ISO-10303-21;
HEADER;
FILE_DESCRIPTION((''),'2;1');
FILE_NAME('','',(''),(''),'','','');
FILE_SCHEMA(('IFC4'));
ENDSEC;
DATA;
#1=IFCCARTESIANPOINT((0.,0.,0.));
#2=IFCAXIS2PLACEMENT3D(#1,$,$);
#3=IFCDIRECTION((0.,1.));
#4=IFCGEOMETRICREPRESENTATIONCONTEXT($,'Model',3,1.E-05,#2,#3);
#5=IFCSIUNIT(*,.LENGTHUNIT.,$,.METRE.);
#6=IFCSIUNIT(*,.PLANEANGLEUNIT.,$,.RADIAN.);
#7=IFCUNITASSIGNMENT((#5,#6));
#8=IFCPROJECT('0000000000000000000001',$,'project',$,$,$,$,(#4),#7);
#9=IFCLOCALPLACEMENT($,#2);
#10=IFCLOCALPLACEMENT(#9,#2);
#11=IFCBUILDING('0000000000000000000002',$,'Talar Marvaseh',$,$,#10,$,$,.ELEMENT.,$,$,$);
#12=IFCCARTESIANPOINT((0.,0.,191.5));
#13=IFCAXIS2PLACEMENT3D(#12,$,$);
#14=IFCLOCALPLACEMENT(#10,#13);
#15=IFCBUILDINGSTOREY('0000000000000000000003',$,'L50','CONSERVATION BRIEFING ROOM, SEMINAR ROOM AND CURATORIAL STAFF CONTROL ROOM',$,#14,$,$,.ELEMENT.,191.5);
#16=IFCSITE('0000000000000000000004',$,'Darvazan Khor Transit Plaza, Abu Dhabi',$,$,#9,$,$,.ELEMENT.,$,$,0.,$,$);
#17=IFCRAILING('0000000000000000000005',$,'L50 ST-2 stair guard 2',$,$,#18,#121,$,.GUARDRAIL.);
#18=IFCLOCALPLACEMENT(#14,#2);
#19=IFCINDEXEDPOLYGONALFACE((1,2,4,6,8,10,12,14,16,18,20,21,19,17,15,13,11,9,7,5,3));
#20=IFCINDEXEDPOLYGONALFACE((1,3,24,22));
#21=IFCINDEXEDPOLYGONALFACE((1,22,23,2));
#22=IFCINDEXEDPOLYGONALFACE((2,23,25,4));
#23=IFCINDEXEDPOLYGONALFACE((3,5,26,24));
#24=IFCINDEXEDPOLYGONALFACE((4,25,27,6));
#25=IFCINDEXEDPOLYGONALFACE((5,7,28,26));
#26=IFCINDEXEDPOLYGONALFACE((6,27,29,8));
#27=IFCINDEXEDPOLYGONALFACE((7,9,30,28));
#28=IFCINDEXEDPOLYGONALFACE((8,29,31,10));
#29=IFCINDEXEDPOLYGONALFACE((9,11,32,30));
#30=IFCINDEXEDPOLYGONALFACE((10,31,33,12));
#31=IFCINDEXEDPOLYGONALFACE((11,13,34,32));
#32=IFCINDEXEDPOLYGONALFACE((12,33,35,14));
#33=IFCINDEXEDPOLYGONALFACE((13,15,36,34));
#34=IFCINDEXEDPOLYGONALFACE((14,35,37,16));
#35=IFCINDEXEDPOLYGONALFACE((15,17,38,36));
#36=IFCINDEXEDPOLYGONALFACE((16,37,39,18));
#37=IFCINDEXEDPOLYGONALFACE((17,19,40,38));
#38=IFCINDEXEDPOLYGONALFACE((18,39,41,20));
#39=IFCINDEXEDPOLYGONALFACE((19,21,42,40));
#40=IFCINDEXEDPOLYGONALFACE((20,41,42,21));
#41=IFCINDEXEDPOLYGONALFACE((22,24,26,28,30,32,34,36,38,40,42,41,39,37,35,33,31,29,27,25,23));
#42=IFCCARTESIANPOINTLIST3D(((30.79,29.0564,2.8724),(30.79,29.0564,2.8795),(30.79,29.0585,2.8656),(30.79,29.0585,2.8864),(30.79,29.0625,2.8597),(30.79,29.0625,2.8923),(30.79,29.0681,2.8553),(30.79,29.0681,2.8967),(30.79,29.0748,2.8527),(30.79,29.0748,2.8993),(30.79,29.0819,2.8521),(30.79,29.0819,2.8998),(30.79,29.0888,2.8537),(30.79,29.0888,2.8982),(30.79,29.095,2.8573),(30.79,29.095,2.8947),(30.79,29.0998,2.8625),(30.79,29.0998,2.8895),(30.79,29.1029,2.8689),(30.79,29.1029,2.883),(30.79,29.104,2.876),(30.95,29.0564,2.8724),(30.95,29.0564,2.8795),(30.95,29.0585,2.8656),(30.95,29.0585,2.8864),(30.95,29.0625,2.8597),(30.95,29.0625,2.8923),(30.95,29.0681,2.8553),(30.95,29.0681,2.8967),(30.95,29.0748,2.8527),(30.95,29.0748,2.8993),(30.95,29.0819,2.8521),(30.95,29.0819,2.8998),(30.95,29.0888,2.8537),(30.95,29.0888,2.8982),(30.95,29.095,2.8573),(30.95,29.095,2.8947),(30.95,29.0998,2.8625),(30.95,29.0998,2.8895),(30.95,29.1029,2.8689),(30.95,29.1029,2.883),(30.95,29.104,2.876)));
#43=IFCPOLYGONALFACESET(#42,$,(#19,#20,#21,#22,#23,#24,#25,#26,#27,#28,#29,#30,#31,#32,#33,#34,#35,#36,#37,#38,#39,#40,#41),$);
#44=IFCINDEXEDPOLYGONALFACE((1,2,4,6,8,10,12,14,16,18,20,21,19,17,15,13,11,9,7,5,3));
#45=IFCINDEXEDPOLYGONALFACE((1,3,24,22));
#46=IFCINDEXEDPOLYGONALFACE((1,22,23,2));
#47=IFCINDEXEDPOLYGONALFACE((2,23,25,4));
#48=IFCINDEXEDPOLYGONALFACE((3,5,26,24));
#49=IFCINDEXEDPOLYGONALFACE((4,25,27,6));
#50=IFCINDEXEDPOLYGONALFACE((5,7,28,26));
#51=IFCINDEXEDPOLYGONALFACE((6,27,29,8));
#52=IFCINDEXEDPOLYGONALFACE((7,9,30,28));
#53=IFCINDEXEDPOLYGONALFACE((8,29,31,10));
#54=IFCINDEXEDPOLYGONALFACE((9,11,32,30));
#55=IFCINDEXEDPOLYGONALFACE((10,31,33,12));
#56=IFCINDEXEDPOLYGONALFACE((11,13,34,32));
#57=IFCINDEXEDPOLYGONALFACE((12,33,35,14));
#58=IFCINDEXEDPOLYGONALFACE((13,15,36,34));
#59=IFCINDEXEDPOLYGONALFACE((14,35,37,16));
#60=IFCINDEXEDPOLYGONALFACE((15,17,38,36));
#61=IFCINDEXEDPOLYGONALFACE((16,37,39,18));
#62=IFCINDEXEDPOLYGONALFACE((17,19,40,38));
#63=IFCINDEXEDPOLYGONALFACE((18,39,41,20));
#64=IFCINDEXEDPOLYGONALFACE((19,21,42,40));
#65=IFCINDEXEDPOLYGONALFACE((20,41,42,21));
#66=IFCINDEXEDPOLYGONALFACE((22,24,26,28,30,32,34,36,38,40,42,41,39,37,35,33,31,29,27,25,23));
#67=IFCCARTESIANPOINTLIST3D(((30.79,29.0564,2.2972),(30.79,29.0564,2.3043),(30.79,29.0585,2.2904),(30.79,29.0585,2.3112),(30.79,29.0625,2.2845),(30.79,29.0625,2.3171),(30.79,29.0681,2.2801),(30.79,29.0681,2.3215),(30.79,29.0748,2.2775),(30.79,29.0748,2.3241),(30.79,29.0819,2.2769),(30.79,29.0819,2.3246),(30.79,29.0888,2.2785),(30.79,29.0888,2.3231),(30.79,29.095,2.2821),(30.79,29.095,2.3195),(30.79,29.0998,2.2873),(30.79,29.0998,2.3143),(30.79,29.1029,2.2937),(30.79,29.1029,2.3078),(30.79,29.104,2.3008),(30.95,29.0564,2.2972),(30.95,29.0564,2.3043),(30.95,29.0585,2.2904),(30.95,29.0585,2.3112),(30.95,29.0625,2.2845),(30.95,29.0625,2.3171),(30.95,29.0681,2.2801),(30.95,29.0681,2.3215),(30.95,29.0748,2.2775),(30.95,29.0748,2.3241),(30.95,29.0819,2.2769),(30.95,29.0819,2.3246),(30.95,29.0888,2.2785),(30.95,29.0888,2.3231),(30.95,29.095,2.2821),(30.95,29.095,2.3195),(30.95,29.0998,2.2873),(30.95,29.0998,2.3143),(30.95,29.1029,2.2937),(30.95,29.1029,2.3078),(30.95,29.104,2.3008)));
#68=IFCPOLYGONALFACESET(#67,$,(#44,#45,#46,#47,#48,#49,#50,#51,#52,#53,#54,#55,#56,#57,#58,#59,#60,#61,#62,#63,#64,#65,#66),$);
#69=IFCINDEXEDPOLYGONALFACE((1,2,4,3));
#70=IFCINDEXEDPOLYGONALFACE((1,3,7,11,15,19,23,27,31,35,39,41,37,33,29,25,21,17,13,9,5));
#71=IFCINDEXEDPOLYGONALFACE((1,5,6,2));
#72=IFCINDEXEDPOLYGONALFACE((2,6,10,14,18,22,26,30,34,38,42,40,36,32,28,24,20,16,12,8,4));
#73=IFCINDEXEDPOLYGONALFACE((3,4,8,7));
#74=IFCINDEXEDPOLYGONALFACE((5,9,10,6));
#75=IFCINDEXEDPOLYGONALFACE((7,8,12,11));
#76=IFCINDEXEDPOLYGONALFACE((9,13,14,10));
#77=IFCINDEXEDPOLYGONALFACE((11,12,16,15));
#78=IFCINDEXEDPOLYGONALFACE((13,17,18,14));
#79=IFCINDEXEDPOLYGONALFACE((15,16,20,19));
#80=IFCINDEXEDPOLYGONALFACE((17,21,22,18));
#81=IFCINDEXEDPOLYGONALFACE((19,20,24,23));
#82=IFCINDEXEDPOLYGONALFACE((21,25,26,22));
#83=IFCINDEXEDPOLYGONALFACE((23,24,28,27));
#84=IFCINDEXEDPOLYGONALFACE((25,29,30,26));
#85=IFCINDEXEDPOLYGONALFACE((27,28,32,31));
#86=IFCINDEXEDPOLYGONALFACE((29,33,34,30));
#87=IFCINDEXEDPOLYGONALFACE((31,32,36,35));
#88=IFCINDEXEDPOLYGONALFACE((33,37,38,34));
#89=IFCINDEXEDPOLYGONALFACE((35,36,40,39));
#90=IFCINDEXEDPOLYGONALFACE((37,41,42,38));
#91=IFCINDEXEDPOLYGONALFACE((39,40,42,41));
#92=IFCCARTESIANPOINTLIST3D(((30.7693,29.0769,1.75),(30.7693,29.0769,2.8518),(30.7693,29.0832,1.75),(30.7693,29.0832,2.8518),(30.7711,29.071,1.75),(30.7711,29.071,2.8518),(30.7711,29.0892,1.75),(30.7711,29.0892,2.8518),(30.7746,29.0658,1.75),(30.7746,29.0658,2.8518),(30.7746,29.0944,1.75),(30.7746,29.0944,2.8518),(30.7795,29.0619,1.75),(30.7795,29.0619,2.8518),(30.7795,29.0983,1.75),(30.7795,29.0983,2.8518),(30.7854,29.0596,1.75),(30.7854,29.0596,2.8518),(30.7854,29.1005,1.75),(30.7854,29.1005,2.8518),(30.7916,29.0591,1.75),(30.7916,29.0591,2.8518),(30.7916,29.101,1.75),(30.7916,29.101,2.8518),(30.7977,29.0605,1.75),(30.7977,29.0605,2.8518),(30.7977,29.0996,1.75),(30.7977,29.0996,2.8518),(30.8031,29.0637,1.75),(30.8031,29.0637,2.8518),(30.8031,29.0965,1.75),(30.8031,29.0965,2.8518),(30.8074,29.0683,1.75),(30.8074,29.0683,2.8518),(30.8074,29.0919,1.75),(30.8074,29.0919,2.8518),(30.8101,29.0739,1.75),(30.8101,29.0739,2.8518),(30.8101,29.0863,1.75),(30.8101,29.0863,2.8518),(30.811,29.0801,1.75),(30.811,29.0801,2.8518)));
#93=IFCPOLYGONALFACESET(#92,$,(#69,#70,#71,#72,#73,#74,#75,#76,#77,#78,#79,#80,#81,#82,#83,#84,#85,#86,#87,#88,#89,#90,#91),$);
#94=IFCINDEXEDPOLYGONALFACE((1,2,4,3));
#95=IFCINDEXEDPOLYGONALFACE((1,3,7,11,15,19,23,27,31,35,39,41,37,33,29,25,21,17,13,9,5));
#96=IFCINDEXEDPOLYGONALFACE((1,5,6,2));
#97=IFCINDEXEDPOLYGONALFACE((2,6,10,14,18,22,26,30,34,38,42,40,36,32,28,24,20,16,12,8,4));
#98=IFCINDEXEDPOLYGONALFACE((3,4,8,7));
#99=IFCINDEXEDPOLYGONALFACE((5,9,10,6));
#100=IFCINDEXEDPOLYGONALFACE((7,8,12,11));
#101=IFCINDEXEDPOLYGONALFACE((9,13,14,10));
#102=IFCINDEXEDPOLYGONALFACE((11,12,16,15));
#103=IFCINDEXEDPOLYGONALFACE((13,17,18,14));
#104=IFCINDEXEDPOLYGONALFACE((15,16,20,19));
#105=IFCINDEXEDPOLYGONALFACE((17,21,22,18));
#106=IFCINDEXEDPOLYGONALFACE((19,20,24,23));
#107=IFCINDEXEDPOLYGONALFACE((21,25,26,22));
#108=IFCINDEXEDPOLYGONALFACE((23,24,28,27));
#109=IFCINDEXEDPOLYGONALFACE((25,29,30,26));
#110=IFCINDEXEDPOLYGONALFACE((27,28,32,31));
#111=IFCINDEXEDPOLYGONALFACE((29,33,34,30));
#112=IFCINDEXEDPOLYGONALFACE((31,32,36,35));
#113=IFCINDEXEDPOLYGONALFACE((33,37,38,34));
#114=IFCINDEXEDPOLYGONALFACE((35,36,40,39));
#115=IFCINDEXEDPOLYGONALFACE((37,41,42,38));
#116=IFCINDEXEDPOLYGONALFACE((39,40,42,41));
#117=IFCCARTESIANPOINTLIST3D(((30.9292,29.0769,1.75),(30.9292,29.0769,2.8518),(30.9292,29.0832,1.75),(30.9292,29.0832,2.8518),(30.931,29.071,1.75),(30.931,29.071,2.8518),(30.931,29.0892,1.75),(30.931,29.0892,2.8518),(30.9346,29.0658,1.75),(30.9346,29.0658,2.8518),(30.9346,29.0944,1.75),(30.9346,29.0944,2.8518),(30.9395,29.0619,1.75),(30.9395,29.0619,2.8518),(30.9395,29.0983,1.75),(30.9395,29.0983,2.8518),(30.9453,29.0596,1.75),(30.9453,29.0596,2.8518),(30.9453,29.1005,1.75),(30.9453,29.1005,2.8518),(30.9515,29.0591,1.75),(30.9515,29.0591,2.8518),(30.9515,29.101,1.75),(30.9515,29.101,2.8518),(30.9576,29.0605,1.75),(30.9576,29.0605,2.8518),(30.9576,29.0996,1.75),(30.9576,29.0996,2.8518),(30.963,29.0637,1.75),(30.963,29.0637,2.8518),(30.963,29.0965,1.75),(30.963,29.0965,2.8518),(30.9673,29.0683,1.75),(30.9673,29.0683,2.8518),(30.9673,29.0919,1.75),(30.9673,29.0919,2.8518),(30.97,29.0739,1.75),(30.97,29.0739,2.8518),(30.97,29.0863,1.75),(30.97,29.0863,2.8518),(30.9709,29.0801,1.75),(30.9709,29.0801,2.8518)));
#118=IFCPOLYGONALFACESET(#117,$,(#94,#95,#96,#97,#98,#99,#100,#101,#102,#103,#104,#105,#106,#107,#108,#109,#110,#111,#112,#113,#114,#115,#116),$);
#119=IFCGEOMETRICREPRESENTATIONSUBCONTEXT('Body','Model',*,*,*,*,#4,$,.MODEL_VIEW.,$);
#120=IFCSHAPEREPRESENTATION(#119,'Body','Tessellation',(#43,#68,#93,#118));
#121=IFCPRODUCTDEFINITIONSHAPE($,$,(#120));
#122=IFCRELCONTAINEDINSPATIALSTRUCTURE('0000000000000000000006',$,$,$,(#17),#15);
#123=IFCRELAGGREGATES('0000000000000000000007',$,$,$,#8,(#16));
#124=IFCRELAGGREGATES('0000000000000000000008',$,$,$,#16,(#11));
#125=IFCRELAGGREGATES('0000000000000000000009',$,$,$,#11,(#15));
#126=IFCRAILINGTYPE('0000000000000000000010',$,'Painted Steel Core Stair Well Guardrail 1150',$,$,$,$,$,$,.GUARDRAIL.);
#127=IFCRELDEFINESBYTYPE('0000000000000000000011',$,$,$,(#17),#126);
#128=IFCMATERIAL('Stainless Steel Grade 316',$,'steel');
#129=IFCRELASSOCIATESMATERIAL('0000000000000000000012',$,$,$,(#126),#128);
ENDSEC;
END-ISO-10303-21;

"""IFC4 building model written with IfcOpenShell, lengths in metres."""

from ifc_helpers import new_model, si_unit, direction, frame, origin, origin_2d, place, context, subcontext, project, spatial, circle, extrude, material, type_object, element, save


model = new_model("IFC4")

# Units and contexts
model_context = context("Model", 3, precision=1e-05, world=origin(), true_north=direction((0.0, 1.0)))
body_context = subcontext(model_context, "Body", "Model", "MODEL_VIEW")
ifc_project = project(units=[si_unit("LENGTHUNIT", "METRE"), si_unit("PLANEANGLEUNIT", "RADIAN")], contexts=[model_context])

# Site, building, storey
site_placement = place(None, origin())
site = spatial("IfcSite", under=ifc_project, at=site_placement, Name="Darvazan Khor Transit Plaza, Abu Dhabi", CompositionType="ELEMENT", RefElevation=0.0)
building_placement = place(site_placement, origin())
building = spatial("IfcBuilding", under=site, at=building_placement, Name="Talar Marvaseh", CompositionType="ELEMENT")
storey_placement = place(building_placement, frame((0.0, 0.0, 191.5)))
storey = spatial("IfcBuildingStorey", under=building, at=storey_placement, Name="L50", Description="CONSERVATION BRIEFING ROOM, SEMINAR ROOM AND CURATORIAL STAFF CONTROL ROOM", CompositionType="ELEMENT", Elevation=191.5)

# Shared definitions
ifc_material_1 = material(Name="Stainless Steel Grade 316", Category="steel")

# Railing
railing_type_1 = type_object("IfcRailingType", Name="Painted Steel Core Stair Well Guardrail 1150", PredefinedType="GUARDRAIL", material=ifc_material_1)
railing_1_placement = place(storey_placement, frame((30.79, 29.0801, 1.75)))
element("IfcRailing", 1, at=railing_1_placement, inside=storey, type_object=railing_type_1, Name="L50 ST-2 stair guard 2", PredefinedType="GUARDRAIL", context=body_context, shape_type="SweptSolid", body=[
    extrude(circle(Radius=0.0239, at=origin_2d()), frame((0.0, 0.0, 1.126), z_axis=(1.0, 0.0, 0.0), x_axis=(0.0, 1.0, 0.0)), (0.0, 0.0, 1.0), 0.1599),
    extrude(circle(Radius=0.0239, at=origin_2d()), frame((0.0, 0.0, 0.5508), z_axis=(1.0, 0.0, 0.0), x_axis=(0.0, 1.0, 0.0)), (0.0, 0.0, 1.0), 0.1599),
    extrude(circle(Radius=0.021, at=origin_2d()), origin(), (0.0, 0.0, 1.0), 1.1018),
    extrude(circle(Radius=0.021, at=origin_2d()), frame((0.1599, 0.0, 0.0)), (0.0, 0.0, 1.0), 1.1018),
])

save(model, "model.ifc")
